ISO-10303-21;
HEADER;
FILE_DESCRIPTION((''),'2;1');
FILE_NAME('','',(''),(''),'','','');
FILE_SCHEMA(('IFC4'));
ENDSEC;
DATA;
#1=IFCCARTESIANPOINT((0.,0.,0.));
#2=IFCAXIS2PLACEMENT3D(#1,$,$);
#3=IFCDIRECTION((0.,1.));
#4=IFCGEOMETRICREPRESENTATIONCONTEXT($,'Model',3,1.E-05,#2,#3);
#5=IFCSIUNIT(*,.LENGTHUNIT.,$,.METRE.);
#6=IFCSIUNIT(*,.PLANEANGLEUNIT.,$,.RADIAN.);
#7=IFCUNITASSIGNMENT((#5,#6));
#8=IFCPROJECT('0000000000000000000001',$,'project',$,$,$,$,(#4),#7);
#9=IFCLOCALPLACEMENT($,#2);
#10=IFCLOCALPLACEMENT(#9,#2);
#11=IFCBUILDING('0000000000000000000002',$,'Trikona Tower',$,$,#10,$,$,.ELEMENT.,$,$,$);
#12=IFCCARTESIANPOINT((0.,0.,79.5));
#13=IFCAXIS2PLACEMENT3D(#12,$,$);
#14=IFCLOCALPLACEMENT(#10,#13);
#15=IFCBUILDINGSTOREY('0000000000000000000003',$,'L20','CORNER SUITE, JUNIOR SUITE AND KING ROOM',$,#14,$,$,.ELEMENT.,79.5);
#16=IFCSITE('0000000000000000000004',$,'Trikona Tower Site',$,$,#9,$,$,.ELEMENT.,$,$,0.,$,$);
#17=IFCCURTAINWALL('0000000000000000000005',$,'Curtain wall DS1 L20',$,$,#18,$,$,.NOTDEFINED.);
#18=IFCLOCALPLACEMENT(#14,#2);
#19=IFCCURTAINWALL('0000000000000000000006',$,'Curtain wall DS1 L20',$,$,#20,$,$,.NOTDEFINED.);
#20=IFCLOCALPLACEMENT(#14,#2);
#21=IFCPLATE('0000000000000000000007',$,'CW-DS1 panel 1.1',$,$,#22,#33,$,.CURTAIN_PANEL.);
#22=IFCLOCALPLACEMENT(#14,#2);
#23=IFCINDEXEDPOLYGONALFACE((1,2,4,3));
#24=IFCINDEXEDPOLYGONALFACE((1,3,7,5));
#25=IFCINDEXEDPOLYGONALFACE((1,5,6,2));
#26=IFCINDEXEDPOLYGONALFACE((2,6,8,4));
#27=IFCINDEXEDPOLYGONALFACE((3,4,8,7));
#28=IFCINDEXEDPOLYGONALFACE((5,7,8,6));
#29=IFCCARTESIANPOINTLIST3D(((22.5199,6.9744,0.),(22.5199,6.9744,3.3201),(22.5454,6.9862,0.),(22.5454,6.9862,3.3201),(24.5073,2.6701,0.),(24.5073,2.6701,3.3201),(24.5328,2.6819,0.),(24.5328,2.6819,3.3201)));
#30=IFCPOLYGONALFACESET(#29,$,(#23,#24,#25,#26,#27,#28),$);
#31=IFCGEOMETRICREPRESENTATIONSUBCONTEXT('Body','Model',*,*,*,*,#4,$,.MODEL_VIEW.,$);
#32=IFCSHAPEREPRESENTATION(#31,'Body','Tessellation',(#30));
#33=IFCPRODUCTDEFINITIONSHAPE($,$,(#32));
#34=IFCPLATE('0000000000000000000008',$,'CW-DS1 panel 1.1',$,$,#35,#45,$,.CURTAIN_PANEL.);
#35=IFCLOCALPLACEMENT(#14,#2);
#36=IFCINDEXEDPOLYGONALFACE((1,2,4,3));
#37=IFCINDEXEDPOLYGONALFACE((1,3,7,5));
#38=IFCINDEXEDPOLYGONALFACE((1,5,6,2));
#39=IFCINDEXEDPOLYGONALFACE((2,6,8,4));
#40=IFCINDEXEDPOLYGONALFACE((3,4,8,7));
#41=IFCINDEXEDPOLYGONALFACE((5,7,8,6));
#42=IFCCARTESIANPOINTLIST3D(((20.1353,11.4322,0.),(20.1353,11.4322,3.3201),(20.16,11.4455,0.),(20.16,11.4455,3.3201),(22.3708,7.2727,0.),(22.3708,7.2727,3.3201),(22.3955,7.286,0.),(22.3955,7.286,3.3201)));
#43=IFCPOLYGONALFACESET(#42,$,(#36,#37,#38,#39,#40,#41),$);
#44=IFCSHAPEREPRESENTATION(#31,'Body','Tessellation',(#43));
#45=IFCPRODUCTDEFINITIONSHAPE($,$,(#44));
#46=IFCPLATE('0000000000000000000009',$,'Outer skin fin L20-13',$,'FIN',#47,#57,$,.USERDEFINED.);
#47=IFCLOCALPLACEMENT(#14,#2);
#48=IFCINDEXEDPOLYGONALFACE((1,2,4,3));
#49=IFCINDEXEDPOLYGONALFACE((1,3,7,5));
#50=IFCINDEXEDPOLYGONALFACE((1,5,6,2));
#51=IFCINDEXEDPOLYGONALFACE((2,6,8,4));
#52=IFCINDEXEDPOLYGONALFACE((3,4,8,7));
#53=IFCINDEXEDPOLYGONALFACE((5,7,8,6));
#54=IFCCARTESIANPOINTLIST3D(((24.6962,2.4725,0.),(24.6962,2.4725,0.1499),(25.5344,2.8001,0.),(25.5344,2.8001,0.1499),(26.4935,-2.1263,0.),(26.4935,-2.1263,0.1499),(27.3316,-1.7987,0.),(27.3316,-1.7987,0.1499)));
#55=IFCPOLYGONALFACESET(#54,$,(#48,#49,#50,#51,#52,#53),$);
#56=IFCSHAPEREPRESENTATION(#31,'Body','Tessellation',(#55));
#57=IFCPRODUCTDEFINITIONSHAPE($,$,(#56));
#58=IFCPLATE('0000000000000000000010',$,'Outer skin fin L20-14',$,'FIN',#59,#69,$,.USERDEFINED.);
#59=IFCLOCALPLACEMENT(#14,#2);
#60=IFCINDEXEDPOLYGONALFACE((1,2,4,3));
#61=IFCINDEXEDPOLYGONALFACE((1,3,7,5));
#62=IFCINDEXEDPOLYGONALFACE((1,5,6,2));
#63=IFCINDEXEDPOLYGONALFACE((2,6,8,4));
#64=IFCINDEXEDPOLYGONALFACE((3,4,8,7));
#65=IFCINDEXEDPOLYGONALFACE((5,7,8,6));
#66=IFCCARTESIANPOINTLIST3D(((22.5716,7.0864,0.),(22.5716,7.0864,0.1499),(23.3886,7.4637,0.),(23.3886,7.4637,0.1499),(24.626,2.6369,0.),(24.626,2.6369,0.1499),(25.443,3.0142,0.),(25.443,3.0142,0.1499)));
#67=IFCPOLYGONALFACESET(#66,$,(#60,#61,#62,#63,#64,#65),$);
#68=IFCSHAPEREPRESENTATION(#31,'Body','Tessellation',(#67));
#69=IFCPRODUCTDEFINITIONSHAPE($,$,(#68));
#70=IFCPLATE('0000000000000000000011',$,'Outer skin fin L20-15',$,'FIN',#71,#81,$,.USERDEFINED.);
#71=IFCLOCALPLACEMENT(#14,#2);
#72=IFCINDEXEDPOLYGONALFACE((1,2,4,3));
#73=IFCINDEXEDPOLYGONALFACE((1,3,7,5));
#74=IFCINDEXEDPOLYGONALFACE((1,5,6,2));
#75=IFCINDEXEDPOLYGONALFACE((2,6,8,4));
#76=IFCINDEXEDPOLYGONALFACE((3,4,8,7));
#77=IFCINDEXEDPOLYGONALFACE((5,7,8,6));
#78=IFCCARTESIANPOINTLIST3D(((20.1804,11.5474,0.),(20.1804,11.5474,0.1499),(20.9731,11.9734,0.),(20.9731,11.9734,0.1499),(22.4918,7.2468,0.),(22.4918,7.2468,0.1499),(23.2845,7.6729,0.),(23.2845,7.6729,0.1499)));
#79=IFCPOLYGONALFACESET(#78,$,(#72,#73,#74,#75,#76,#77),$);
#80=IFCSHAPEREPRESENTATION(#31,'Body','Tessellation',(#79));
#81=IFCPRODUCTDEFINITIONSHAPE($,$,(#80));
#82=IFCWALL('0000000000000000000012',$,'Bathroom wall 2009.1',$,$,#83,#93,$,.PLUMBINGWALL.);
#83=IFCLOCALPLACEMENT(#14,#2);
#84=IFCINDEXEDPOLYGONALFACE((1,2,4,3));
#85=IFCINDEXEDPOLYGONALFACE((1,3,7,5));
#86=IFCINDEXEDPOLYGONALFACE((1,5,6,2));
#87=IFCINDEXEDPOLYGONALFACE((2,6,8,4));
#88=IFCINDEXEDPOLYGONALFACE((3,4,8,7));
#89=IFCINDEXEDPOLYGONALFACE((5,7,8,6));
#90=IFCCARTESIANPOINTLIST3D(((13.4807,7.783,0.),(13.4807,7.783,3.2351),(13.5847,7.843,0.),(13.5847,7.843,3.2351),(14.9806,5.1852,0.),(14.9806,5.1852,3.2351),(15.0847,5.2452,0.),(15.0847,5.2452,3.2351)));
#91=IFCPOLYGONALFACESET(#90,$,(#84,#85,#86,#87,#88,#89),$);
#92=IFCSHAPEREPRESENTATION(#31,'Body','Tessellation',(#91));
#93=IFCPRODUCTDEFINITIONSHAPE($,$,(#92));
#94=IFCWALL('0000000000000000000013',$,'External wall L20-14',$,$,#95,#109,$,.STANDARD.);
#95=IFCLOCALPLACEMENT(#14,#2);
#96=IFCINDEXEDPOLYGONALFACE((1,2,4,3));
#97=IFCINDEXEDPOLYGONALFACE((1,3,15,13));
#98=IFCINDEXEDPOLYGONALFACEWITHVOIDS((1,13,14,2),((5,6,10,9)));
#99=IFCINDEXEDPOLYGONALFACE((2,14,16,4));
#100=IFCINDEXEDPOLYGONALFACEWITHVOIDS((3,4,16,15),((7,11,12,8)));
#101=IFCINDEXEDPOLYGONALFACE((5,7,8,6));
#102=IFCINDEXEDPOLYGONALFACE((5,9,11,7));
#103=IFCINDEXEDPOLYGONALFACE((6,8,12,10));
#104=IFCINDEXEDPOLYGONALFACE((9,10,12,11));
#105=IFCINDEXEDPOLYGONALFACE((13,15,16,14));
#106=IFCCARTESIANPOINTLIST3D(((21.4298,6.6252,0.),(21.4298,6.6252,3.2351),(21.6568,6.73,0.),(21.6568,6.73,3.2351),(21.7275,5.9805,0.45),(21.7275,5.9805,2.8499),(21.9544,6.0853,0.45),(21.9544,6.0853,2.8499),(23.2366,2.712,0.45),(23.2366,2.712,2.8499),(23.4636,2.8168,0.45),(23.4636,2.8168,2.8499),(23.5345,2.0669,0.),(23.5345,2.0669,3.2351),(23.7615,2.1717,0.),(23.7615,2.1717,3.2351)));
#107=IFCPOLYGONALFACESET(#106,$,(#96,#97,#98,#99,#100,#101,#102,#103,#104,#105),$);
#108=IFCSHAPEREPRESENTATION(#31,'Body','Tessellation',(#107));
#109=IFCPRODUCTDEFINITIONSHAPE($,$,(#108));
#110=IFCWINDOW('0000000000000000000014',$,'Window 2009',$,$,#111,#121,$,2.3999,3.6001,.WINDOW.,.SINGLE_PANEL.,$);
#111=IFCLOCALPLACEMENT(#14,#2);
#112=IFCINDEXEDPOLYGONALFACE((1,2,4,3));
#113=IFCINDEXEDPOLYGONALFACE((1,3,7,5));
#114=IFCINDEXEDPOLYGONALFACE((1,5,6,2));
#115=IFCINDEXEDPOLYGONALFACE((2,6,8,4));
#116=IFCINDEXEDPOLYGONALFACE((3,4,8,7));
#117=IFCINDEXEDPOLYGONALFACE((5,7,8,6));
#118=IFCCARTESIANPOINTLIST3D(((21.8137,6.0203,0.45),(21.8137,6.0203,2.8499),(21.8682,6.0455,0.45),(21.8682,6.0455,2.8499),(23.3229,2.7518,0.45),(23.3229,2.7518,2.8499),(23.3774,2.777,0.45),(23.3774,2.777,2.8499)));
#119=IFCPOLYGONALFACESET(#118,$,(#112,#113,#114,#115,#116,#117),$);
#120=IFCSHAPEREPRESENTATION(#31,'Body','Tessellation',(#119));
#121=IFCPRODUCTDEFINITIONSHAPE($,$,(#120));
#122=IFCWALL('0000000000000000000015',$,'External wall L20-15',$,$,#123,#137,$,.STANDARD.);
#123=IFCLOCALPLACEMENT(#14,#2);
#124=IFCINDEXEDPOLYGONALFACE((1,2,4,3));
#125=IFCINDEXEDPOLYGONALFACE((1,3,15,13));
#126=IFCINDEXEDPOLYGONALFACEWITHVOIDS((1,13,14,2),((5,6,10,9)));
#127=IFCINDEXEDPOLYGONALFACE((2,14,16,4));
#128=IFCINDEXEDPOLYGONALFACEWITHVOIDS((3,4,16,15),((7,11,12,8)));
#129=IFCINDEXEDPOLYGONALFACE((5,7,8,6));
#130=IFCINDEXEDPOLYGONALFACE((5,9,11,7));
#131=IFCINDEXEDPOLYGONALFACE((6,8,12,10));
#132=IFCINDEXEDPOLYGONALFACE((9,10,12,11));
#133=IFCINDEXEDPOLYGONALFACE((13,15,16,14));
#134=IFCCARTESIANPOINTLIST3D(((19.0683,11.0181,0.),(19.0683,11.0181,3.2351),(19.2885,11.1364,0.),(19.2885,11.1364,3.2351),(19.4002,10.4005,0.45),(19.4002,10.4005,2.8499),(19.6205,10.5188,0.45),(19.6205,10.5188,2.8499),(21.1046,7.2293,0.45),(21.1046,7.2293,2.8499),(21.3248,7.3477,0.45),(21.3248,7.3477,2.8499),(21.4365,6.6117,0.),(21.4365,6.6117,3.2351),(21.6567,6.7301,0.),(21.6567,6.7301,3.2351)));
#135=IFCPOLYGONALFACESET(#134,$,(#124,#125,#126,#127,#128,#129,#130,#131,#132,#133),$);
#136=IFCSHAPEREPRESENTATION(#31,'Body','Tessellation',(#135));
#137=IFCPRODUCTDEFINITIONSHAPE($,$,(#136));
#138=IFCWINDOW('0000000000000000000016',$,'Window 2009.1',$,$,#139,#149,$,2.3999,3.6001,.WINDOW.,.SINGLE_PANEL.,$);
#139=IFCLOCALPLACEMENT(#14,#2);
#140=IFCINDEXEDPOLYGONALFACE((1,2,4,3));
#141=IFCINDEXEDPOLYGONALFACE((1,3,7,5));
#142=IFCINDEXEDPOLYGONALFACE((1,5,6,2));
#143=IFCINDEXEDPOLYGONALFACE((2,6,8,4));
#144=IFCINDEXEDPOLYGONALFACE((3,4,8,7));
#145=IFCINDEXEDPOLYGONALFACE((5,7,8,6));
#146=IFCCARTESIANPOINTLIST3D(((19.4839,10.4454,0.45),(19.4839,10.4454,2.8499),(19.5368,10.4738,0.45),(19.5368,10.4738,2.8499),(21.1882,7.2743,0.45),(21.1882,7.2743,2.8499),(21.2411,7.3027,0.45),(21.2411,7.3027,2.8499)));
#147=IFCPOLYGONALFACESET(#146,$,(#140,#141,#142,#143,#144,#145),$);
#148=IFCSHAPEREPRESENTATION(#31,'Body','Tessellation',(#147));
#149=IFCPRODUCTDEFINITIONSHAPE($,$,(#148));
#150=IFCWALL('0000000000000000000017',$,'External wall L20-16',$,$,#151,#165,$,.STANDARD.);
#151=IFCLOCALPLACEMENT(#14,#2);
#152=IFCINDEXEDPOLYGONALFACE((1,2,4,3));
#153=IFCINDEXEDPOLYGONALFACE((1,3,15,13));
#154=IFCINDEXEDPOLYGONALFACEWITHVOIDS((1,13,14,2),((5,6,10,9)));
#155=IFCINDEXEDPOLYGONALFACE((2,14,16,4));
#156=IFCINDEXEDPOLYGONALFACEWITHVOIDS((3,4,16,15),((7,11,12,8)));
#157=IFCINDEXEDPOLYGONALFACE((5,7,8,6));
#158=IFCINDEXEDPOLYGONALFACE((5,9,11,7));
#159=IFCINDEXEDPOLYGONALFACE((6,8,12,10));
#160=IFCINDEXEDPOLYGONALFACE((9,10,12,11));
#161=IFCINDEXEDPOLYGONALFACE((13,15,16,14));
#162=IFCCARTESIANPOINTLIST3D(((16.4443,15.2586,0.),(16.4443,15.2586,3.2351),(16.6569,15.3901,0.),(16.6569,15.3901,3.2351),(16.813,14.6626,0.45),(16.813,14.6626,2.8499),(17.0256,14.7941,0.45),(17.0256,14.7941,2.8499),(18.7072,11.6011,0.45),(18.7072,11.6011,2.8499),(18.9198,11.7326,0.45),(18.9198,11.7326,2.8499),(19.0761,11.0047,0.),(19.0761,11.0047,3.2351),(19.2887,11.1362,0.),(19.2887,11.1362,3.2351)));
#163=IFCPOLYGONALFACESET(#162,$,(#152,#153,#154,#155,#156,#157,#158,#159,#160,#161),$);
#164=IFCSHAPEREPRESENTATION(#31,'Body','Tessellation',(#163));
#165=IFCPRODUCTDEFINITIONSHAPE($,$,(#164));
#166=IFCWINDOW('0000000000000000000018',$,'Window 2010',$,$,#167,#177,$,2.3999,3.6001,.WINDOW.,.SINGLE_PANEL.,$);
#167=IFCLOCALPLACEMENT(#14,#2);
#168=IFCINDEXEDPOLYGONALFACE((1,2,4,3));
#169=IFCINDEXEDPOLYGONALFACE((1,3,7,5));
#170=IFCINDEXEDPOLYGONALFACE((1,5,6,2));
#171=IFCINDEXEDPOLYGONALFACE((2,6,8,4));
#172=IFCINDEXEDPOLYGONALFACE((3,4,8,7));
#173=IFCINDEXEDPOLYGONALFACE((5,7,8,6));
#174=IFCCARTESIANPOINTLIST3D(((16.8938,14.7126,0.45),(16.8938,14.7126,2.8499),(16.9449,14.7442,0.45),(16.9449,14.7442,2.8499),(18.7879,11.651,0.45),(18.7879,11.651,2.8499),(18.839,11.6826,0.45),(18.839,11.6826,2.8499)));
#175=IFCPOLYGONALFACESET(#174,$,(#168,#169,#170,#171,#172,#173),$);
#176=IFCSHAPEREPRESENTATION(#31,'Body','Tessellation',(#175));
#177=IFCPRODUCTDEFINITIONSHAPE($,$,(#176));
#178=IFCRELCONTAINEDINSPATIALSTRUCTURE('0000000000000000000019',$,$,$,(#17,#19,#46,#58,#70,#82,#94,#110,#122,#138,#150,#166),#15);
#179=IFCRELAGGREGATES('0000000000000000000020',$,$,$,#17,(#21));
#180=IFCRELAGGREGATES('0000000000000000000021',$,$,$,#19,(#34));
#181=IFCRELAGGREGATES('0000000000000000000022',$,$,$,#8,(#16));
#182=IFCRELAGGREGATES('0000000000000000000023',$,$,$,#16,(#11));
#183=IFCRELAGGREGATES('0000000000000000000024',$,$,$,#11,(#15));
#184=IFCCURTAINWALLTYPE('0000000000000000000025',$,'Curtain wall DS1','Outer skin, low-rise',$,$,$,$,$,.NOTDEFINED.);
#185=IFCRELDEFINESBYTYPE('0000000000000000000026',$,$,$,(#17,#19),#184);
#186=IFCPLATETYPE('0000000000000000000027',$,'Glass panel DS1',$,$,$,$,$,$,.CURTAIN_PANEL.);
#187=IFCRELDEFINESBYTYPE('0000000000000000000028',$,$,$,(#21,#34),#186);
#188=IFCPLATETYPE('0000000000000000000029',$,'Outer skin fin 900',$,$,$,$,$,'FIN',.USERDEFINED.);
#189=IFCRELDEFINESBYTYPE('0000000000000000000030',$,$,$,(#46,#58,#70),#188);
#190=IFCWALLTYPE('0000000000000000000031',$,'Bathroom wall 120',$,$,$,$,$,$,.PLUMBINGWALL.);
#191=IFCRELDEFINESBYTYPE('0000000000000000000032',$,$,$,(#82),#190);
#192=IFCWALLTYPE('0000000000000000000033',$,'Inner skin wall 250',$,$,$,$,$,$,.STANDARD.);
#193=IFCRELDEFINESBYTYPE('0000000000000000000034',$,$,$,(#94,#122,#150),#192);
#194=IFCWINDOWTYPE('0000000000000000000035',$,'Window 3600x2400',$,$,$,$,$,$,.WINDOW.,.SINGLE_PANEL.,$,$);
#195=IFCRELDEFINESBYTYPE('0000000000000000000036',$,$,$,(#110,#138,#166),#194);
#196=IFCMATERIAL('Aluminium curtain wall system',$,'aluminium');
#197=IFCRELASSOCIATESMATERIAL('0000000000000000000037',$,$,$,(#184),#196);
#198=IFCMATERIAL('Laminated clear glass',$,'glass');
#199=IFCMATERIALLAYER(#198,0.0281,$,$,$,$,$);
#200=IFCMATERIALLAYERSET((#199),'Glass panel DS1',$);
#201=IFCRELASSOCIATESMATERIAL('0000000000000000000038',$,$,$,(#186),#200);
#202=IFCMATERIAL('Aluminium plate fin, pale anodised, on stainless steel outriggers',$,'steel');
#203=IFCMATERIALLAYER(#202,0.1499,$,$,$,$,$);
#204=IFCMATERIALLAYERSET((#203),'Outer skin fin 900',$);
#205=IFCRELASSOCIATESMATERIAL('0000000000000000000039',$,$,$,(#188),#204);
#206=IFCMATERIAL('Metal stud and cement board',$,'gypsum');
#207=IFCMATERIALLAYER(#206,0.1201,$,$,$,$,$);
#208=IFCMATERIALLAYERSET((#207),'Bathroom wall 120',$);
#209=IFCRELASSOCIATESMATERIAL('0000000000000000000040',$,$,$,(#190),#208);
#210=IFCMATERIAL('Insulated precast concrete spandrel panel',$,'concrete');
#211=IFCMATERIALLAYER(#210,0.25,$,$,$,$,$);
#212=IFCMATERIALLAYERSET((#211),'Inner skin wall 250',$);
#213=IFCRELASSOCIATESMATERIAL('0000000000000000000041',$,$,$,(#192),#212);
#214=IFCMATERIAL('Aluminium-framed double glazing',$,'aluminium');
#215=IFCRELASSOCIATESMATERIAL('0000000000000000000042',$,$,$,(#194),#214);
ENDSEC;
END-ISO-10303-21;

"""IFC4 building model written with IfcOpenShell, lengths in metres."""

from ifc_helpers import new_model, si_unit, direction, frame, frame_2d, origin, origin_2d, place, context, subcontext, project, spatial, rectangle, extrude, material, layer, layer_set, type_object, element, fill, aggregate, save


model = new_model("IFC4")

# Units and contexts
model_context = context("Model", 3, precision=1e-05, world=origin(), true_north=direction((0.0, 1.0)))
body_context = subcontext(model_context, "Body", "Model", "MODEL_VIEW")
ifc_project = project(units=[si_unit("LENGTHUNIT", "METRE"), si_unit("PLANEANGLEUNIT", "RADIAN")], contexts=[model_context])

# Site, building, storey
site_placement = place(None, origin())
site = spatial("IfcSite", under=ifc_project, at=site_placement, Name="Trikona Tower Site", CompositionType="ELEMENT", RefElevation=0.0)
building_placement = place(site_placement, origin())
building = spatial("IfcBuilding", under=site, at=building_placement, Name="Trikona Tower", CompositionType="ELEMENT")
storey_placement = place(building_placement, frame((0.0, 0.0, 79.5)))
storey = spatial("IfcBuildingStorey", under=building, at=storey_placement, Name="L20", Description="CORNER SUITE, JUNIOR SUITE AND KING ROOM", CompositionType="ELEMENT", Elevation=79.5)

# Shared definitions
ifc_material_1 = material(Name="Aluminium curtain wall system", Category="aluminium")
curtain_wall_type = type_object("IfcCurtainWallType", Name="Curtain wall DS1", Description="Outer skin, low-rise", PredefinedType="NOTDEFINED", material=ifc_material_1)

# Curtain wall
curtain_wall_1_placement = place(storey_placement, origin())
curtain_wall_1 = element("IfcCurtainWall", 1, at=curtain_wall_1_placement, inside=storey, type_object=curtain_wall_type, Name="Curtain wall DS1 L20", PredefinedType="NOTDEFINED")

# Curtain wall
curtain_wall_2_placement = place(storey_placement, origin())
curtain_wall_2 = element("IfcCurtainWall", 2, at=curtain_wall_2_placement, inside=storey, type_object=curtain_wall_type, Name="Curtain wall DS1 L20", PredefinedType="NOTDEFINED")

# Plates
ifc_material_2 = material(Name="Laminated clear glass", Category="glass")
ifc_layer_1 = layer(ifc_material_2, 0.0281)
ifc_layer_set_1 = layer_set([ifc_layer_1], Name="Glass panel DS1")
plate_type_1 = type_object("IfcPlateType", Name="Glass panel DS1", PredefinedType="CURTAIN_PANEL", material=ifc_layer_set_1)
plate_1_placement = place(storey_placement, frame((23.5264, 4.8281, 0.0), z_axis=(0.0, 0.0, 1.0), x_axis=(-0.41919, 0.907898, 0.0)))
plate_1 = element("IfcPlate", 3, at=plate_1_placement, type_object=plate_type_1, Name="CW-DS1 panel 1.1", PredefinedType="CURTAIN_PANEL", context=body_context, shape_type="SweptSolid", body=[
    extrude(rectangle(XDim=4.741, YDim=0.0281, at=origin_2d()), origin(), (0.0, 0.0, 1.0), 3.3201),
])
aggregate(curtain_wall_1, [plate_1])
plate_2_placement = place(storey_placement, frame((21.2654, 9.3591, 0.0), z_axis=(0.0, 0.0, 1.0), x_axis=(-0.473408, 0.880843, 0.0)))
plate_2 = element("IfcPlate", 4, at=plate_2_placement, type_object=plate_type_1, Name="CW-DS1 panel 1.1", PredefinedType="CURTAIN_PANEL", context=body_context, shape_type="SweptSolid", body=[
    extrude(rectangle(XDim=4.7222, YDim=0.0281, at=origin_2d()), origin(), (0.0, 0.0, 1.0), 3.3201),
])
aggregate(curtain_wall_2, [plate_2])

# Plates
ifc_material_3 = material(Name="Aluminium plate fin, pale anodised, on stainless steel outriggers", Category="steel")
ifc_layer_2 = layer(ifc_material_3, 0.1499)
ifc_layer_set_2 = layer_set([ifc_layer_2], Name="Outer skin fin 900")
plate_type_2 = type_object("IfcPlateType", Name="Outer skin fin 900", ElementType="FIN", PredefinedType="USERDEFINED", material=ifc_layer_set_2)
plate_3_placement = place(storey_placement, frame((26.0139, 0.3369, 0.0), z_axis=(0.0, 0.0, 1.0), x_axis=(-0.364009, 0.931395, 0.0)))
element("IfcPlate", 5, at=plate_3_placement, inside=storey, type_object=plate_type_2, Name="Outer skin fin L20-13", ObjectType="FIN", PredefinedType="USERDEFINED", context=body_context, shape_type="SweptSolid", body=[
    extrude(rectangle(XDim=4.9375, YDim=0.8999, at=origin_2d()), origin(), (0.0, 0.0, 1.0), 0.1499),
])
plate_4_placement = place(storey_placement, frame((24.0073, 5.0503, 0.0), z_axis=(0.0, 0.0, 1.0), x_axis=(-0.419194, 0.907897, 0.0)))
element("IfcPlate", 6, at=plate_4_placement, inside=storey, type_object=plate_type_2, Name="Outer skin fin L20-14", ObjectType="FIN", PredefinedType="USERDEFINED", context=body_context, shape_type="SweptSolid", body=[
    extrude(rectangle(XDim=4.9009, YDim=0.8999, at=origin_2d()), origin(), (0.0, 0.0, 1.0), 0.1499),
])
plate_5_placement = place(storey_placement, frame((21.7324, 9.6101, 0.0), z_axis=(0.0, 0.0, 1.0), x_axis=(-0.473423, 0.880835, 0.0)))
element("IfcPlate", 7, at=plate_5_placement, inside=storey, type_object=plate_type_2, Name="Outer skin fin L20-15", ObjectType="FIN", PredefinedType="USERDEFINED", context=body_context, shape_type="SweptSolid", body=[
    extrude(rectangle(XDim=4.8823, YDim=0.8999, at=origin_2d()), origin(), (0.0, 0.0, 1.0), 0.1499),
])

# Wall
ifc_material_4 = material(Name="Metal stud and cement board", Category="gypsum")
ifc_layer_3 = layer(ifc_material_4, 0.1201)
ifc_layer_set_3 = layer_set([ifc_layer_3], Name="Bathroom wall 120")
wall_type_1 = type_object("IfcWallType", Name="Bathroom wall 120", PredefinedType="PLUMBINGWALL", material=ifc_layer_set_3)
wall_1_placement = place(storey_placement, frame((15.0327, 5.2151, 0.0), z_axis=(0.0, 0.0, 1.0), x_axis=(-0.500025, 0.866011, 0.0)))
element("IfcWall", 8, at=wall_1_placement, inside=storey, type_object=wall_type_1, Name="Bathroom wall 2009.1", PredefinedType="PLUMBINGWALL", context=body_context, shape_type="SweptSolid", body=[
    extrude(rectangle(XDim=2.9998, YDim=0.1201, at=frame_2d((1.5, 0.0))), origin(), (0.0, 0.0, 1.0), 3.2351),
])

# Walls, openings, windows
ifc_material_5 = material(Name="Insulated precast concrete spandrel panel", Category="concrete")
ifc_layer_4 = layer(ifc_material_5, 0.25)
ifc_layer_set_4 = layer_set([ifc_layer_4], Name="Inner skin wall 250")
wall_type_2 = type_object("IfcWallType", Name="Inner skin wall 250", PredefinedType="STANDARD", material=ifc_layer_set_4)
wall_2_placement = place(storey_placement, frame((23.6479, 2.1194, 0.0), z_axis=(0.0, 0.0, 1.0), x_axis=(-0.419203, 0.907892, 0.0)))
wall_2 = element("IfcWall", 9, at=wall_2_placement, inside=storey, type_object=wall_type_2, Name="External wall L20-14", PredefinedType="STANDARD", context=body_context, shape_type="SweptSolid", body=[
    extrude(rectangle(XDim=5.0208, YDim=0.25, at=frame_2d((2.5103, 0.0))), origin(), (0.0, 0.0, 1.0), 3.2351),
])
opening_1_placement = place(wall_2_placement, frame((0.7104, 0.0, 0.45)))
opening_1 = element("IfcOpeningElement", 10, at=opening_1_placement, cuts=wall_2, PredefinedType="OPENING", context=body_context, shape_type="SweptSolid", body=[
    extrude(rectangle(XDim=3.6001, YDim=2.3999, at=frame_2d((1.8, 1.2))), frame((0.0, 0.135, 0.0), z_axis=(0.0, -1.0, 0.0), x_axis=(1.0, 0.0, 0.0)), (0.0, 0.0, 1.0), 0.27),
])
ifc_material_6 = material(Name="Aluminium-framed double glazing", Category="aluminium")
window_type = type_object("IfcWindowType", Name="Window 3600x2400", PartitioningType="SINGLE_PANEL", PredefinedType="WINDOW", material=ifc_material_6)
window_1_placement = place(opening_1_placement, origin())
window_1 = element("IfcWindow", 11, at=window_1_placement, inside=storey, type_object=window_type, Name="Window 2009", OverallHeight=2.3999, OverallWidth=3.6001, PartitioningType="SINGLE_PANEL", PredefinedType="WINDOW", context=body_context, shape_type="SweptSolid", body=[
    extrude(rectangle(XDim=3.6001, YDim=2.3999, at=frame_2d((1.8, 1.2))), frame((0.0, 0.03, 0.0), z_axis=(0.0, -1.0, 0.0), x_axis=(1.0, 0.0, 0.0)), (0.0, 0.0, 1.0), 0.0601),
])
fill(opening_1, window_1)
wall_3_placement = place(storey_placement, frame((21.5466, 6.6709, 0.0), z_axis=(0.0, 0.0, 1.0), x_axis=(-0.473413, 0.880841, 0.0)))
wall_3 = element("IfcWall", 12, at=wall_3_placement, inside=storey, type_object=wall_type_2, Name="External wall L20-15", PredefinedType="STANDARD", context=body_context, shape_type="SweptSolid", body=[
    extrude(rectangle(XDim=5.0024, YDim=0.25, at=frame_2d((2.5012, 0.0))), origin(), (0.0, 0.0, 1.0), 3.2351),
])
opening_2_placement = place(wall_3_placement, frame((0.7012, 0.0, 0.45)))
opening_2 = element("IfcOpeningElement", 13, at=opening_2_placement, cuts=wall_3, PredefinedType="OPENING", context=body_context, shape_type="SweptSolid", body=[
    extrude(rectangle(XDim=3.6001, YDim=2.3999, at=frame_2d((1.8, 1.2))), frame((0.0, 0.135, 0.0), z_axis=(0.0, -1.0, 0.0), x_axis=(1.0, 0.0, 0.0)), (0.0, 0.0, 1.0), 0.27),
])
window_2_placement = place(opening_2_placement, origin())
window_2 = element("IfcWindow", 14, at=window_2_placement, inside=storey, type_object=window_type, Name="Window 2009.1", OverallHeight=2.3999, OverallWidth=3.6001, PartitioningType="SINGLE_PANEL", PredefinedType="WINDOW", context=body_context, shape_type="SweptSolid", body=[
    extrude(rectangle(XDim=3.6001, YDim=2.3999, at=frame_2d((1.8, 1.2))), frame((0.0, 0.03, 0.0), z_axis=(0.0, -1.0, 0.0), x_axis=(1.0, 0.0, 0.0)), (0.0, 0.0, 1.0), 0.0601),
])
fill(opening_2, window_2)
wall_4_placement = place(storey_placement, frame((19.1824, 11.0706, 0.0), z_axis=(0.0, 0.0, 1.0), x_axis=(-0.526133, 0.850402, 0.0)))
wall_4 = element("IfcWall", 15, at=wall_4_placement, inside=storey, type_object=wall_type_2, Name="External wall L20-16", PredefinedType="STANDARD", context=body_context, shape_type="SweptSolid", body=[
    extrude(rectangle(XDim=5.0022, YDim=0.25, at=frame_2d((2.501, 0.0))), origin(), (0.0, 0.0, 1.0), 3.2351),
])
opening_3_placement = place(wall_4_placement, frame((0.7012, 0.0, 0.45)))
opening_3 = element("IfcOpeningElement", 16, at=opening_3_placement, cuts=wall_4, PredefinedType="OPENING", context=body_context, shape_type="SweptSolid", body=[
    extrude(rectangle(XDim=3.6001, YDim=2.3999, at=frame_2d((1.8, 1.2))), frame((0.0, 0.135, 0.0), z_axis=(0.0, -1.0, 0.0), x_axis=(1.0, 0.0, 0.0)), (0.0, 0.0, 1.0), 0.27),
])
window_3_placement = place(opening_3_placement, origin())
window_3 = element("IfcWindow", 17, at=window_3_placement, inside=storey, type_object=window_type, Name="Window 2010", OverallHeight=2.3999, OverallWidth=3.6001, PartitioningType="SINGLE_PANEL", PredefinedType="WINDOW", context=body_context, shape_type="SweptSolid", body=[
    extrude(rectangle(XDim=3.6001, YDim=2.3999, at=frame_2d((1.8, 1.2))), frame((0.0, 0.03, 0.0), z_axis=(0.0, -1.0, 0.0), x_axis=(1.0, 0.0, 0.0)), (0.0, 0.0, 1.0), 0.0601),
])
fill(opening_3, window_3)

save(model, "model.ifc")
